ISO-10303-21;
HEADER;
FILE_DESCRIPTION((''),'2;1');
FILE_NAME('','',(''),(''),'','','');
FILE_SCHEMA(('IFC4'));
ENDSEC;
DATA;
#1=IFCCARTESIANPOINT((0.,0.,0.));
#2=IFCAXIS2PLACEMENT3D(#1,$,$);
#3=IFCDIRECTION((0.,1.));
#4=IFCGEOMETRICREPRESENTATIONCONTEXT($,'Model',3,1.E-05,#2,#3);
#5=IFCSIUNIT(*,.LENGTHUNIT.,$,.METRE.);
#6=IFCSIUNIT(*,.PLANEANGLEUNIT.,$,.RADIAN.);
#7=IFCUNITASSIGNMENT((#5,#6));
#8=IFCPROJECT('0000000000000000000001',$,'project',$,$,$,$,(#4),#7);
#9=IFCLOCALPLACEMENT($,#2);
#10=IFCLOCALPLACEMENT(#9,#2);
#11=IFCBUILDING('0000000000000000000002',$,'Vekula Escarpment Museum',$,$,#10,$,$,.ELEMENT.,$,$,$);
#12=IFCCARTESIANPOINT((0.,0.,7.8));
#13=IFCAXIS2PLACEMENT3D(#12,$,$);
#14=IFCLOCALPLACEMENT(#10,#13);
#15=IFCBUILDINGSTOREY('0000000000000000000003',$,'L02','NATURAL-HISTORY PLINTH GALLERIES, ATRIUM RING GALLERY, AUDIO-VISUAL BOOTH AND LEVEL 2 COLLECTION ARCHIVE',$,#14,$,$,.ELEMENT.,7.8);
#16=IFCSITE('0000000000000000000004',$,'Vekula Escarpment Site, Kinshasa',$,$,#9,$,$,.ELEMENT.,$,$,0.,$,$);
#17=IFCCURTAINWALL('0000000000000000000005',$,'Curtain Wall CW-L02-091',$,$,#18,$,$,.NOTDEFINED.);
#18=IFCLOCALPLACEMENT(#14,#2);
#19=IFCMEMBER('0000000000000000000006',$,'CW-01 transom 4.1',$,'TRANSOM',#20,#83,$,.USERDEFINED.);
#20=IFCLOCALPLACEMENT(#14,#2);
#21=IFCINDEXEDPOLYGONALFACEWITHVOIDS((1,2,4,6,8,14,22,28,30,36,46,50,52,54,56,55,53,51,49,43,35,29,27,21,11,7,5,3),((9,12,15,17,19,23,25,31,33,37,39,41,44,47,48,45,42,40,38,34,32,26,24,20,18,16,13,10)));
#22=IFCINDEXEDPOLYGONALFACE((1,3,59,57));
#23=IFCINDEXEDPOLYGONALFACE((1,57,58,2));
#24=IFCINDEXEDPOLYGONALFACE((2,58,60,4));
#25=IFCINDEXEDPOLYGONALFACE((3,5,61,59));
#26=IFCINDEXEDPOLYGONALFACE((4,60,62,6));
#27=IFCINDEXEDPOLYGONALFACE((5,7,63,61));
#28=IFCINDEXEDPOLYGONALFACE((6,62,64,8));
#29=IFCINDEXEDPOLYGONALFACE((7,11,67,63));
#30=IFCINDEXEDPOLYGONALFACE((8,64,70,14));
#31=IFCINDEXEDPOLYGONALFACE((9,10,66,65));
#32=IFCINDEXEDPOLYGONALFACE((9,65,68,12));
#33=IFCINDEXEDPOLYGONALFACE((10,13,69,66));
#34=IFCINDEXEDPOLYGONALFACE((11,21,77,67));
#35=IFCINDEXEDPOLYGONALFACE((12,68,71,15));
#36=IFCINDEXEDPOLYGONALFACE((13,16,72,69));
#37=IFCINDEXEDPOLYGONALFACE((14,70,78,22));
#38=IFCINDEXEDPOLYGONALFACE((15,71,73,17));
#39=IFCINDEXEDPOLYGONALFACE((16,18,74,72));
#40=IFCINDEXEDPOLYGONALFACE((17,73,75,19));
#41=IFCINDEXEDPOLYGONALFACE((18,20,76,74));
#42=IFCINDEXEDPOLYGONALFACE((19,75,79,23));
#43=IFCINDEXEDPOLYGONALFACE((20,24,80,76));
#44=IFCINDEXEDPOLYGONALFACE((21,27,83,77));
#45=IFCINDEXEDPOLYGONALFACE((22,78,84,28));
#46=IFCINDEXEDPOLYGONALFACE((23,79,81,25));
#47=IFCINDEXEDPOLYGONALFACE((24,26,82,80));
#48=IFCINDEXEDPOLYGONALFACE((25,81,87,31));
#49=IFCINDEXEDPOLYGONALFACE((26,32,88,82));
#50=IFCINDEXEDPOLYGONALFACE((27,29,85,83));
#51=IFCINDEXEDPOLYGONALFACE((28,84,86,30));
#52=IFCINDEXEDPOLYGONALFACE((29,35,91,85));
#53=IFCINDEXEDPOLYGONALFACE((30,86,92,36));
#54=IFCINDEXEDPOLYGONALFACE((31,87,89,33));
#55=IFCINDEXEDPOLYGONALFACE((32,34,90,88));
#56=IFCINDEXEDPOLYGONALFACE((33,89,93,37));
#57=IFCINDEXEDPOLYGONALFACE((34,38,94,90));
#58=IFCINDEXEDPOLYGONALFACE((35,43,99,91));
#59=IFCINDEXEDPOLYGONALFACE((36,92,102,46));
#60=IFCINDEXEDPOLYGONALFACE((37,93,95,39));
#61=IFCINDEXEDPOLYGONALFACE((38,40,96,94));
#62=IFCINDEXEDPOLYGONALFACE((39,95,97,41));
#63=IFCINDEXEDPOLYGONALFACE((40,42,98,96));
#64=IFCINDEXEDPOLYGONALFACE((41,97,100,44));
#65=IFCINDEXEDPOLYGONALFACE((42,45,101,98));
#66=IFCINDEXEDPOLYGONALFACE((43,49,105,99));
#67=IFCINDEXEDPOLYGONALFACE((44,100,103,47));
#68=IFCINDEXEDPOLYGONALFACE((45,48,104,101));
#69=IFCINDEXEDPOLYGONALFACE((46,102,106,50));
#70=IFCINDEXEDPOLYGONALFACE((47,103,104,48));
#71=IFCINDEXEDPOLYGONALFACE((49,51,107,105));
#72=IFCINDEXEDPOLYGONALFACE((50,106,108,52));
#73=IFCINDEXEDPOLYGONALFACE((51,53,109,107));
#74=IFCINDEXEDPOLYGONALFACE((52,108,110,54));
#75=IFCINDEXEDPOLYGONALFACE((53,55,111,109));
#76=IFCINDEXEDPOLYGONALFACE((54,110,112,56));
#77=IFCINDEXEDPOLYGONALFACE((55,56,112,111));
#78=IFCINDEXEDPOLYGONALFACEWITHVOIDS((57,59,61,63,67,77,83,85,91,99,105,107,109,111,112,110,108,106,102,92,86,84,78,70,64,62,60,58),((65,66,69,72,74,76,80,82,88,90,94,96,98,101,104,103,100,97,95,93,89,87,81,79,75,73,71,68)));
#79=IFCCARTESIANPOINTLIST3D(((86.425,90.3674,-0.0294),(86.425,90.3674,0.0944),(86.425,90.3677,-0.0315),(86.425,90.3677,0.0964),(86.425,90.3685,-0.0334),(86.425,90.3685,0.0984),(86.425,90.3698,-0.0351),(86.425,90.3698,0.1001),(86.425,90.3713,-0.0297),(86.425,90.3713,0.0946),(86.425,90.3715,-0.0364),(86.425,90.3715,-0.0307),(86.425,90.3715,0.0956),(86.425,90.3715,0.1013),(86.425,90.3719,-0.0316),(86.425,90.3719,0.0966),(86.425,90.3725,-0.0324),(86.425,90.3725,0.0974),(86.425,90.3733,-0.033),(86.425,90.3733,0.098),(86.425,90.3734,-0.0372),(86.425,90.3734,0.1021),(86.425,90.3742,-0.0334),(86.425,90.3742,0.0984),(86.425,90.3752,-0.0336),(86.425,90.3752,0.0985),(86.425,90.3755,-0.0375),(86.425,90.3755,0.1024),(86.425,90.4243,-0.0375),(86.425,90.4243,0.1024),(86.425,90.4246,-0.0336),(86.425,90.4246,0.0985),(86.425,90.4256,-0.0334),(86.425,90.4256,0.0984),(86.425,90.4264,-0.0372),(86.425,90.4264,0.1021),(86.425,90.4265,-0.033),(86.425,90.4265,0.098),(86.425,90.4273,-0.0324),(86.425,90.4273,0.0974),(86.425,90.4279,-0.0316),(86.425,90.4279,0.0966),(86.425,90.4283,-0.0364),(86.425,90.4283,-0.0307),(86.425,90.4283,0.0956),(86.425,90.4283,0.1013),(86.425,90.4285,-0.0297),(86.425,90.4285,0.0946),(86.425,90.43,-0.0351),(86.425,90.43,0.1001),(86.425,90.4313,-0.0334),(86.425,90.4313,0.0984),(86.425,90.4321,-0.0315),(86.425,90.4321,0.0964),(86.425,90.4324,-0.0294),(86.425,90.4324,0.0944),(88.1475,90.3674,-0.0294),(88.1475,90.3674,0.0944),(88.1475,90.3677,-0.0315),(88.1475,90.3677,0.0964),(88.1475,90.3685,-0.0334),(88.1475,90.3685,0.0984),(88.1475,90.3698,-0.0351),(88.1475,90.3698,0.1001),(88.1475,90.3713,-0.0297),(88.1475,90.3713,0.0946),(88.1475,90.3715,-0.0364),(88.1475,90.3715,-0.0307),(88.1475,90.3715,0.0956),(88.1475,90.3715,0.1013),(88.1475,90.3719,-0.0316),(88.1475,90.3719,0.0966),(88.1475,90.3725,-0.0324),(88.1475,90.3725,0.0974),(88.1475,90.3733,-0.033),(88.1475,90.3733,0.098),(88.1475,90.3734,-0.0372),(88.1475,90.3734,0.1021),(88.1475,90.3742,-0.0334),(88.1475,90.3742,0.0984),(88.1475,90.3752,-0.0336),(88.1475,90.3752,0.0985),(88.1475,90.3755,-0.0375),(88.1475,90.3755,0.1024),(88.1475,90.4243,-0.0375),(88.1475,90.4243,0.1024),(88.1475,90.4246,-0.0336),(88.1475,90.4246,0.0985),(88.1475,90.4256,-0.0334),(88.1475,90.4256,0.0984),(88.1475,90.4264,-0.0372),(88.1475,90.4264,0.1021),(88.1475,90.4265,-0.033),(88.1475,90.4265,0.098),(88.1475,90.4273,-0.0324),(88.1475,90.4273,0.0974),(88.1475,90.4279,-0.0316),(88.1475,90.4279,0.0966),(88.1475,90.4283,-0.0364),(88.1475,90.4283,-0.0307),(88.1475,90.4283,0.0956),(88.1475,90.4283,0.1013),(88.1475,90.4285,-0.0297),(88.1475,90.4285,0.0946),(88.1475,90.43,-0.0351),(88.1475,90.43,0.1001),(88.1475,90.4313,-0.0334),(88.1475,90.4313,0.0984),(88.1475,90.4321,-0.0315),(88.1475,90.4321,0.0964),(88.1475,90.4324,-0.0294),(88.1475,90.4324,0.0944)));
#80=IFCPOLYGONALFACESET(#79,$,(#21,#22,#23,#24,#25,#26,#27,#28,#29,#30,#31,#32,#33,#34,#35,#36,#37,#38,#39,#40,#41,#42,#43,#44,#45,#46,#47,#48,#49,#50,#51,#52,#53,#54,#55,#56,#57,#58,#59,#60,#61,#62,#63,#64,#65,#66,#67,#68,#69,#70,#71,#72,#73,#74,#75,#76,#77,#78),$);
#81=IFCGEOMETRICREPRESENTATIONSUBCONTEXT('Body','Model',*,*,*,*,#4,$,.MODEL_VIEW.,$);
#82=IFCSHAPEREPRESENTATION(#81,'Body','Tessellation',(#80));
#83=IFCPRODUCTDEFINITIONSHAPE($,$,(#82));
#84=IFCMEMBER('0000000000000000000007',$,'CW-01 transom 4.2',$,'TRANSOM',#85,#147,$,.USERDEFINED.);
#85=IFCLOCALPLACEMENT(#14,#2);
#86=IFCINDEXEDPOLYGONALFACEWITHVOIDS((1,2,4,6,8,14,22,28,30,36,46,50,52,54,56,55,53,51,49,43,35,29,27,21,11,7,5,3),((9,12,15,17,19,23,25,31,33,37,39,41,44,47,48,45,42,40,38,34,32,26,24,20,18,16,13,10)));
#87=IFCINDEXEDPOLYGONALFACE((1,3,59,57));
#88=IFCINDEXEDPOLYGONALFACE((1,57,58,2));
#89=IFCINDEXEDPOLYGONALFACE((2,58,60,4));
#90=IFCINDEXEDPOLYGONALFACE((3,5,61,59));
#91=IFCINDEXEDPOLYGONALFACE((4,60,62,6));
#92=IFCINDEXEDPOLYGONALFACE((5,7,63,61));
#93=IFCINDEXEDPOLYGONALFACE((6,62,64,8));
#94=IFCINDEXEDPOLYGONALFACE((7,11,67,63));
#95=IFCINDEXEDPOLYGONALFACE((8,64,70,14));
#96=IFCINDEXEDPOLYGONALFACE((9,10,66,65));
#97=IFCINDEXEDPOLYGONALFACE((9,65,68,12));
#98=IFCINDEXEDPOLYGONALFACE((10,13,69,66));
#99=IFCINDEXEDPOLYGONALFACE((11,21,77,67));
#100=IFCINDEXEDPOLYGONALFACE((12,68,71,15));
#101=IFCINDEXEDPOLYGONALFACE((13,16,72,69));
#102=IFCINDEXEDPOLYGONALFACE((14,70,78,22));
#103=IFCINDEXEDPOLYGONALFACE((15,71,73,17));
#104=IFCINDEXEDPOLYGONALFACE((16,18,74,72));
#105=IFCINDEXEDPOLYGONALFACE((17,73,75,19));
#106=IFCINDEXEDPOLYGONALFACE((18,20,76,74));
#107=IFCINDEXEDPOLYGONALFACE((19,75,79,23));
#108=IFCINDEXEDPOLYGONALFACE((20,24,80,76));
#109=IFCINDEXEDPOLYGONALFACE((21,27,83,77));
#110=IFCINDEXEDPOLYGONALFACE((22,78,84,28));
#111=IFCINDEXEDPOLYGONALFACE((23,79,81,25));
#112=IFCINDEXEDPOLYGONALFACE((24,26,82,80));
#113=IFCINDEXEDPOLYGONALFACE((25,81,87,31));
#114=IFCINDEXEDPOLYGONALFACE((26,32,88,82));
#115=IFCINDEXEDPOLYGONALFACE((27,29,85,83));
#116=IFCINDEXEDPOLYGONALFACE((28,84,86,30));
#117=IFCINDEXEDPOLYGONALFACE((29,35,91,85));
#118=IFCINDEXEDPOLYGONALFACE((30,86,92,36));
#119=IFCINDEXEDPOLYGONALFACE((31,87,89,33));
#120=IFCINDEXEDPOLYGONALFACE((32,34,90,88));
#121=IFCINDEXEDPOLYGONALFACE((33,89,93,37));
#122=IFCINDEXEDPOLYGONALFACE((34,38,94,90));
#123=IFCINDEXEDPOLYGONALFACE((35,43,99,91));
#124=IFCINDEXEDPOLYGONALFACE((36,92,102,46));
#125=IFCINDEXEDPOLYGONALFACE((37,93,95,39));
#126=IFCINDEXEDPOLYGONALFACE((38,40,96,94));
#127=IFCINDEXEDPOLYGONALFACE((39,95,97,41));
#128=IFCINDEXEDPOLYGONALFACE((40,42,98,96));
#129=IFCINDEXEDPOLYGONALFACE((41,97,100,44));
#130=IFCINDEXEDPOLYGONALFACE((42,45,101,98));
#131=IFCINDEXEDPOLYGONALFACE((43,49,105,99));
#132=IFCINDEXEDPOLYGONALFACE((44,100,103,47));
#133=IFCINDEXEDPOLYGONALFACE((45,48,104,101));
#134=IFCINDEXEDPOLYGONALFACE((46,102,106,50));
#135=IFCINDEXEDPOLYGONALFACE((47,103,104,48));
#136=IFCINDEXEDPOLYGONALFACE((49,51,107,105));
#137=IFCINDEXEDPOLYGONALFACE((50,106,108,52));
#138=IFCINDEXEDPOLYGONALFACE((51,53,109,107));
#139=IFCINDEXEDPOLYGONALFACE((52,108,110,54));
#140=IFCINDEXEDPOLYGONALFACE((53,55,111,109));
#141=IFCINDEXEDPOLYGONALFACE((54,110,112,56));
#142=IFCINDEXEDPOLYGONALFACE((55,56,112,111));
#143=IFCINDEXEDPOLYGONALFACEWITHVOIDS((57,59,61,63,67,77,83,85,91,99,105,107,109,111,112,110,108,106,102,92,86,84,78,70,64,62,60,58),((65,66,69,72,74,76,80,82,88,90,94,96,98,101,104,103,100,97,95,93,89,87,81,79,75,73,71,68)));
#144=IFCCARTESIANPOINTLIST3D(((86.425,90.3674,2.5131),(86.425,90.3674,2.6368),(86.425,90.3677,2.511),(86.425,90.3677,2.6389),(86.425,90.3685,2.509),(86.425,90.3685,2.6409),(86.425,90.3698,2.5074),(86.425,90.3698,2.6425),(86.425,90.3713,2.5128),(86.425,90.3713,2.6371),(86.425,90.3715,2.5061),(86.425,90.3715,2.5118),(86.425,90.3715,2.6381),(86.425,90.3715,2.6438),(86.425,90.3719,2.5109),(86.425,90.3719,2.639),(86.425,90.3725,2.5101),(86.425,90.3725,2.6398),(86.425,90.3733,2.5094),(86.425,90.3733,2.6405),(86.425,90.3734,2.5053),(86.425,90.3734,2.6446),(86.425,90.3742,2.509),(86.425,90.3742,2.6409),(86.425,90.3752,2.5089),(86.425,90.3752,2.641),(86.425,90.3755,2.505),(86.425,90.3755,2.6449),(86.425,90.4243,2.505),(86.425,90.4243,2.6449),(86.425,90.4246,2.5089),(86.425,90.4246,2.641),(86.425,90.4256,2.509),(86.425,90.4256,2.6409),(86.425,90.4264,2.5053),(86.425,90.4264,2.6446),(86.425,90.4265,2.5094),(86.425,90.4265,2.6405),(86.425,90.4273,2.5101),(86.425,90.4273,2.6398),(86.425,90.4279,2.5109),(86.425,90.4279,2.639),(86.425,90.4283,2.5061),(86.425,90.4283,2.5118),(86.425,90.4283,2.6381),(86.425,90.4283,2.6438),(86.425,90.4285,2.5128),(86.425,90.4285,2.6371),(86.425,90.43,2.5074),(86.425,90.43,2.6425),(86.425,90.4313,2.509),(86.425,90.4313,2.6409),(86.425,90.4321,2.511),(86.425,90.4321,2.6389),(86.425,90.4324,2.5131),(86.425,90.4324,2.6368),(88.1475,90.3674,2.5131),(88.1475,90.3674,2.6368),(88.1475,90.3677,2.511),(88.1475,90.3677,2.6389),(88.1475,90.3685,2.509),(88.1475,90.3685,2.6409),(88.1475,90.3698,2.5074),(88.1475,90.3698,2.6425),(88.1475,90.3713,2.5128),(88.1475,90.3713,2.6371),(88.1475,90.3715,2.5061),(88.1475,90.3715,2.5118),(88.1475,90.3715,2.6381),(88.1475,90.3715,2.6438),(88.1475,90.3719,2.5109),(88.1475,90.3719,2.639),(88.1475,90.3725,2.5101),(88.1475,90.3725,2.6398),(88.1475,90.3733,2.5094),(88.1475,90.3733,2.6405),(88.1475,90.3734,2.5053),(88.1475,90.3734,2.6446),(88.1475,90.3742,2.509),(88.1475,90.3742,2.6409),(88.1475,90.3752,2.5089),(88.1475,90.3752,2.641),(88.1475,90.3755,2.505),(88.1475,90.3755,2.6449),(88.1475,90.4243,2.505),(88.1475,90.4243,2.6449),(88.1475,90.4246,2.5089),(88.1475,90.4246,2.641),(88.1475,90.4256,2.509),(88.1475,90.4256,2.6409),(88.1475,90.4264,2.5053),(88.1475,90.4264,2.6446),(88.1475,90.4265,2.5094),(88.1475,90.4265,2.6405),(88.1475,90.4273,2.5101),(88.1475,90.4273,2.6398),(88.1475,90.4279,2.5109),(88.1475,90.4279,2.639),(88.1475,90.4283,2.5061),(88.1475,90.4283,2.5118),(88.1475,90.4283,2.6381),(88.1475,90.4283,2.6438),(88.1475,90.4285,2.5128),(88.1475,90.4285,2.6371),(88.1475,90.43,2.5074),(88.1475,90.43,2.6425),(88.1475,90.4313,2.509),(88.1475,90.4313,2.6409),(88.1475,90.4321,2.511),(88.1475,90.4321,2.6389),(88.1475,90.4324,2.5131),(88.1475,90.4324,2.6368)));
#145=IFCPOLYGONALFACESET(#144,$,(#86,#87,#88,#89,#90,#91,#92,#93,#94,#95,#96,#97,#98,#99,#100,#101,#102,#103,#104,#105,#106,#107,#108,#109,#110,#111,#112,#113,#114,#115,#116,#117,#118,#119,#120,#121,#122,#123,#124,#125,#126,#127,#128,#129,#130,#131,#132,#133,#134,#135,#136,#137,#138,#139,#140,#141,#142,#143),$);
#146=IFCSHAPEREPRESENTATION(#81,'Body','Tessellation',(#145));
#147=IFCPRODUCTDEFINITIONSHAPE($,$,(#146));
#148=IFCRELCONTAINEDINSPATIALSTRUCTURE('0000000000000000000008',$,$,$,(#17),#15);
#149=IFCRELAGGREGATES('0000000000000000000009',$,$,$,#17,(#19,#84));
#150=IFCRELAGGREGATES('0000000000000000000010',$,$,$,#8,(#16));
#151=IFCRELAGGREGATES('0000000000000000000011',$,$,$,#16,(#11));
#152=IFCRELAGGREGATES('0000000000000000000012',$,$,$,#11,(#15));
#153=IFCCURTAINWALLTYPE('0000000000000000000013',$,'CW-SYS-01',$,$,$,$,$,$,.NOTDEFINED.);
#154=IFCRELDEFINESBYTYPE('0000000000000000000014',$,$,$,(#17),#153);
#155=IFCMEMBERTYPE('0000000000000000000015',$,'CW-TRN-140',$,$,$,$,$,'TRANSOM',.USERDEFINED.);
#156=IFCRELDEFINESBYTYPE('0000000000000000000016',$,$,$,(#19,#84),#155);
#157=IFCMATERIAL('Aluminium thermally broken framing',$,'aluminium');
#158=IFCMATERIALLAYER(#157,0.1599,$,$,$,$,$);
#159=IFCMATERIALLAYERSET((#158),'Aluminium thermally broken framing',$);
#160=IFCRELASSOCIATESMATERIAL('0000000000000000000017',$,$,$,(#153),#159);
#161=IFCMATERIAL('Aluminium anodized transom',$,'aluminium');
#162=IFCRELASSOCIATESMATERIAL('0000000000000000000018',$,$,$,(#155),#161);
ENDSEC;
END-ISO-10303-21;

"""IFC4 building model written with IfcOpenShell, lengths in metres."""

from ifc_helpers import new_model, si_unit, direction, frame, origin, origin_2d, place, context, subcontext, project, spatial, hollow_rectangle, extrude, material, layer, layer_set, material_profile, profile_set, type_object, element, aggregate, save


model = new_model("IFC4")

# Units and contexts
model_context = context("Model", 3, precision=1e-05, world=origin(), true_north=direction((0.0, 1.0)))
body_context = subcontext(model_context, "Body", "Model", "MODEL_VIEW")
ifc_project = project(units=[si_unit("LENGTHUNIT", "METRE"), si_unit("PLANEANGLEUNIT", "RADIAN")], contexts=[model_context])

# Site, building, storey
site_placement = place(None, origin())
site = spatial("IfcSite", under=ifc_project, at=site_placement, Name="Vekula Escarpment Site, Kinshasa", CompositionType="ELEMENT", RefElevation=0.0)
building_placement = place(site_placement, origin())
building = spatial("IfcBuilding", under=site, at=building_placement, Name="Vekula Escarpment Museum", CompositionType="ELEMENT")
storey_placement = place(building_placement, frame((0.0, 0.0, 7.8)))
storey = spatial("IfcBuildingStorey", under=building, at=storey_placement, Name="L02", Description="NATURAL-HISTORY PLINTH GALLERIES, ATRIUM RING GALLERY, AUDIO-VISUAL BOOTH AND LEVEL 2 COLLECTION ARCHIVE", CompositionType="ELEMENT", Elevation=7.8)

# Curtain wall, members
ifc_material_1 = material(Name="Aluminium thermally broken framing", Category="aluminium")
ifc_layer_1 = layer(ifc_material_1, 0.1599)
ifc_layer_set_1 = layer_set([ifc_layer_1], Name="Aluminium thermally broken framing")
curtain_wall_type = type_object("IfcCurtainWallType", Name="CW-SYS-01", PredefinedType="NOTDEFINED", material=ifc_layer_set_1)
curtain_wall_placement = place(storey_placement, origin())
curtain_wall = element("IfcCurtainWall", 1, at=curtain_wall_placement, inside=storey, type_object=curtain_wall_type, Name="Curtain Wall CW-L02-091", PredefinedType="NOTDEFINED")
ifc_material_2 = material(Name="Aluminium anodized transom", Category="aluminium")
ifc_material_profile_1 = material_profile(ifc_material_2, hollow_rectangle(XDim=0.0649, YDim=0.1399, WallThickness=0.0039, InnerFilletRadius=0.0039, OuterFilletRadius=0.0081, at=origin_2d()), Name="ALU 140x65x4")
ifc_profile_set_1 = profile_set([ifc_material_profile_1], Name="Aluminium anodized transom")
member_type_1 = type_object("IfcMemberType", Name="CW-TRN-140", ElementType="TRANSOM", PredefinedType="USERDEFINED", material=ifc_profile_set_1)
member_1_placement = place(storey_placement, frame((88.1475, 90.3999, 0.0325), z_axis=(-1.0, 0.0, 0.0), x_axis=(0.0, -1.0, 0.0)))
member_1 = element("IfcMember", 2, at=member_1_placement, type_object=member_type_1, Name="CW-01 transom 4.1", ObjectType="TRANSOM", PredefinedType="USERDEFINED", context=body_context, shape_type="SweptSolid", body=[
    extrude(hollow_rectangle(XDim=0.0649, YDim=0.1399, WallThickness=0.0039, InnerFilletRadius=0.0039, OuterFilletRadius=0.0081, at=origin_2d()), origin(), (0.0, 0.0, 1.0), 1.7224),
])
member_2_placement = place(storey_placement, frame((88.1475, 90.3999, 2.575), z_axis=(-1.0, 0.0, 0.0), x_axis=(0.0, -1.0, 0.0)))
member_2 = element("IfcMember", 3, at=member_2_placement, type_object=member_type_1, Name="CW-01 transom 4.2", ObjectType="TRANSOM", PredefinedType="USERDEFINED", context=body_context, shape_type="SweptSolid", body=[
    extrude(hollow_rectangle(XDim=0.0649, YDim=0.1399, WallThickness=0.0039, InnerFilletRadius=0.0039, OuterFilletRadius=0.0081, at=origin_2d()), origin(), (0.0, 0.0, 1.0), 1.7224),
])
aggregate(curtain_wall, [member_1, member_2])

save(model, "model.ifc")
